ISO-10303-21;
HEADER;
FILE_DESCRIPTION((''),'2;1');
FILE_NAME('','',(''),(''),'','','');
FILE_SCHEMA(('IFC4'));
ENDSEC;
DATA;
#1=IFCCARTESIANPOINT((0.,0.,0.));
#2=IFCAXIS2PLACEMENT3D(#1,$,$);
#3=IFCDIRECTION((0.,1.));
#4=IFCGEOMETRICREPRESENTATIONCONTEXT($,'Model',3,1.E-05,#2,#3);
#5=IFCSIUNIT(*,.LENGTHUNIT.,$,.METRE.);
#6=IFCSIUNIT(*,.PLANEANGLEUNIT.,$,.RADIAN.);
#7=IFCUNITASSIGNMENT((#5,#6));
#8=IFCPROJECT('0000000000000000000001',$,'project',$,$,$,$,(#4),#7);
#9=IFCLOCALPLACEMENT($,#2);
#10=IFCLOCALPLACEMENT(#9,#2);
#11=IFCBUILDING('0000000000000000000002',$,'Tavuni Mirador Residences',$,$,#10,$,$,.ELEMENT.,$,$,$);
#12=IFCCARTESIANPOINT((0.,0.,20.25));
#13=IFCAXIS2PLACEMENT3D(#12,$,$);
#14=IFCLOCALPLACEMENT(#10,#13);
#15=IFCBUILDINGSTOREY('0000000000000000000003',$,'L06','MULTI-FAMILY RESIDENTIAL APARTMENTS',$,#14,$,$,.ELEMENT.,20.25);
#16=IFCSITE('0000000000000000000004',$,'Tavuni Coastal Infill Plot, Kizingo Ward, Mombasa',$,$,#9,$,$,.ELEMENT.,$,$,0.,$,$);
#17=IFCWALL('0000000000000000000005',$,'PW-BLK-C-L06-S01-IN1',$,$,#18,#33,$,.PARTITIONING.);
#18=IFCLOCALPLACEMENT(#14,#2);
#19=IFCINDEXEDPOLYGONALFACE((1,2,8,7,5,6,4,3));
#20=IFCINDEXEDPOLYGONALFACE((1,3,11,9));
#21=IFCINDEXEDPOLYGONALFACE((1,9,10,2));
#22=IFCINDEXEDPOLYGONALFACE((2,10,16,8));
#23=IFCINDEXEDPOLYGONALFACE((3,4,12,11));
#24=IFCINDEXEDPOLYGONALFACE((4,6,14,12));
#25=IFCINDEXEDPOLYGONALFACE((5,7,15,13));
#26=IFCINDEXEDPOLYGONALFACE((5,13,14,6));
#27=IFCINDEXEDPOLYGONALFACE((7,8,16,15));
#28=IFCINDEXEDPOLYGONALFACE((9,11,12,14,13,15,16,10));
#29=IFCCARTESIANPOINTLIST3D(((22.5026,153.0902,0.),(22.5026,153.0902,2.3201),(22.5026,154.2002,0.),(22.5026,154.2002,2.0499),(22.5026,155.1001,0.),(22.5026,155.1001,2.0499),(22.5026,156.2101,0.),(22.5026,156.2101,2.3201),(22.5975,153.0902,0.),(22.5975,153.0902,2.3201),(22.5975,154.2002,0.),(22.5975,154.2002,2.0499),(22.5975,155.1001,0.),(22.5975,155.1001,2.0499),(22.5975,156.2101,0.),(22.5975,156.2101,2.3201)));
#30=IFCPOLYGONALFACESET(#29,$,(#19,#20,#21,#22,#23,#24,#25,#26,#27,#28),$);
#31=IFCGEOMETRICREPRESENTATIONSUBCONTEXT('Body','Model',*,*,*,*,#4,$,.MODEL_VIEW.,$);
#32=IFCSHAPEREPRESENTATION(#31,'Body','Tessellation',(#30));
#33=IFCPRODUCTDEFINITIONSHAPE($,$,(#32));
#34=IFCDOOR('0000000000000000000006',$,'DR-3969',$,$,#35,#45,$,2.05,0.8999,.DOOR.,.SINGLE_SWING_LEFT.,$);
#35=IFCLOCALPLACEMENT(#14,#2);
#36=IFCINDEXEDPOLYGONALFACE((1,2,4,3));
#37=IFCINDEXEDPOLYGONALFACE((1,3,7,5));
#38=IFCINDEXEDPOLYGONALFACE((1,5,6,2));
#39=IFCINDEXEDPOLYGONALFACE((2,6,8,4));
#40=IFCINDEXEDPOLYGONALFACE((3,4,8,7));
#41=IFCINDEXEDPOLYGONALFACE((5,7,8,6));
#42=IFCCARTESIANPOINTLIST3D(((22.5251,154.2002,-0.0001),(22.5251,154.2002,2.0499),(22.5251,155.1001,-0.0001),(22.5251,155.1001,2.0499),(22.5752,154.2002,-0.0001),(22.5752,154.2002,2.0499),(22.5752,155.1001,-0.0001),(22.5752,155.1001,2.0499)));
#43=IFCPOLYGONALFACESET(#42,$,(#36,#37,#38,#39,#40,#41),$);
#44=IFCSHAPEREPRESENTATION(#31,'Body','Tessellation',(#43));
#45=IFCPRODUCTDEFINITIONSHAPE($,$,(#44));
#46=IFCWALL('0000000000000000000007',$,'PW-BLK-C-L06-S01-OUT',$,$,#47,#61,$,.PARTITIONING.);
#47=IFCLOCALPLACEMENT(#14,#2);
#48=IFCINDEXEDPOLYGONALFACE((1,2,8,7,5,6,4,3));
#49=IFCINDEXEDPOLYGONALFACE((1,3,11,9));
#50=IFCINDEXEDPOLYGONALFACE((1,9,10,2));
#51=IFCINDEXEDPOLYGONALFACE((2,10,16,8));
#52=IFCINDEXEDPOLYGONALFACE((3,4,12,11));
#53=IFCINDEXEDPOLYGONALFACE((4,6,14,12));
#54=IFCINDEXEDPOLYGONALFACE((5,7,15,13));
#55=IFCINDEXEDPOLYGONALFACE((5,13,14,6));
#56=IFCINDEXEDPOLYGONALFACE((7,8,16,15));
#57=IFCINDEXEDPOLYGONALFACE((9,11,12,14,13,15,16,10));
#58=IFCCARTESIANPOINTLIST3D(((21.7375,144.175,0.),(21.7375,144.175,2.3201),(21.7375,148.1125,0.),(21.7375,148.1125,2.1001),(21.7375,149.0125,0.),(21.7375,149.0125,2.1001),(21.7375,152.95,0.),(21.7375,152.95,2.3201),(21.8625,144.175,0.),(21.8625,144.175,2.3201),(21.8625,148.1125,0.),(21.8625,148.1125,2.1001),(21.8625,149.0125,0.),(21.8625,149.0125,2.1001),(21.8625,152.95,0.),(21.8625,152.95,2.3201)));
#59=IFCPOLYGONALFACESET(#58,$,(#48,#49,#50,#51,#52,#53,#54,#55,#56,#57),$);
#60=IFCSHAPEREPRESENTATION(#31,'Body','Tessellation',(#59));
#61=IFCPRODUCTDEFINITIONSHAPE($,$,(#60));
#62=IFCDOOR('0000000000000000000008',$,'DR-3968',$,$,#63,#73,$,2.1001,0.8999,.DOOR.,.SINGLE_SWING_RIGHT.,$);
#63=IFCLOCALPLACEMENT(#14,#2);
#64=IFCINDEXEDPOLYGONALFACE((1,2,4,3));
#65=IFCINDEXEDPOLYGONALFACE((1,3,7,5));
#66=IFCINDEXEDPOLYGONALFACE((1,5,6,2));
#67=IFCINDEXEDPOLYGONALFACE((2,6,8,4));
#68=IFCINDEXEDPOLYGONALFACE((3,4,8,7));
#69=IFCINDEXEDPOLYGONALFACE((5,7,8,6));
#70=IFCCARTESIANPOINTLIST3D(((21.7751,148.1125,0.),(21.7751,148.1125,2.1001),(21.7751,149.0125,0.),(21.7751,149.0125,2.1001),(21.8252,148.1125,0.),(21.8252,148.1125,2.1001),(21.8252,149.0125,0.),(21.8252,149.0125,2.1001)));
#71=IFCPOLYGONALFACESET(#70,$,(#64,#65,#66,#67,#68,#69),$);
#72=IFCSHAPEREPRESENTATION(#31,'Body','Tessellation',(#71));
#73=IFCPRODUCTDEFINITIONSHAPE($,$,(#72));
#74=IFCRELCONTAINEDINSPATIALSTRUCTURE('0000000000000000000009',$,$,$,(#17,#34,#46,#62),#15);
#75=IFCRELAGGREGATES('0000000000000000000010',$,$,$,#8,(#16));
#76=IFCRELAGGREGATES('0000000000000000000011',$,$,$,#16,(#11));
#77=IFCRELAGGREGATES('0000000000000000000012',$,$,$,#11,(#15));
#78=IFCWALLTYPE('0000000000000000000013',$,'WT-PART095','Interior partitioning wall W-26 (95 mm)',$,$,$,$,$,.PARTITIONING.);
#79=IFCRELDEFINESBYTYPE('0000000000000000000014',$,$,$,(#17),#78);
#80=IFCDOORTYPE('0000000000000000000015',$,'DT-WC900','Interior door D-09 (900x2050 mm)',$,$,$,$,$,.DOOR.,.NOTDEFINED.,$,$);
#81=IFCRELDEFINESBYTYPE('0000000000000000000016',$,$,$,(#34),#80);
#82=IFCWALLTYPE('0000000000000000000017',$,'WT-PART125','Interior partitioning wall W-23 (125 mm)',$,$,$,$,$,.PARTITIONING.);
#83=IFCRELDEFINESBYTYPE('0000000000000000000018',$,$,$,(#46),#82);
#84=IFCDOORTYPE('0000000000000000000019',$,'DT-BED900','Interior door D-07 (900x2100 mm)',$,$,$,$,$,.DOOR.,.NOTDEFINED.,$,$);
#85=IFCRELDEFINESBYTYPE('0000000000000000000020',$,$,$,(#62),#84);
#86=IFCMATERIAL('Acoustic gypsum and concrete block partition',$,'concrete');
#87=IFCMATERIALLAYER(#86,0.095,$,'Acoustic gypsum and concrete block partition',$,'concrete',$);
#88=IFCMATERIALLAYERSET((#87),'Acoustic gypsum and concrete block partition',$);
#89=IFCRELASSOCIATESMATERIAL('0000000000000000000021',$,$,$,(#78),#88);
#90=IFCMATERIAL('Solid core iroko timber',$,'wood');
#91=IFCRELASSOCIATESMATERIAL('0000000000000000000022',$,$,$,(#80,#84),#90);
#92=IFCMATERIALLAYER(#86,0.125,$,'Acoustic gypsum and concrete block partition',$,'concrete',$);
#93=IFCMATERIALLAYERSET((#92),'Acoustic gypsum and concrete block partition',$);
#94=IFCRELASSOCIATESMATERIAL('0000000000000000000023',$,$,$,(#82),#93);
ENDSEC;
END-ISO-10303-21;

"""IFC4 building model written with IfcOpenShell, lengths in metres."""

from ifc_helpers import new_model, si_unit, direction, frame, frame_2d, origin, place, context, subcontext, project, spatial, rectangle, extrude, material, layer, layer_set, type_object, element, fill, save


model = new_model("IFC4")

# Units and contexts
model_context = context("Model", 3, precision=1e-05, world=origin(), true_north=direction((0.0, 1.0)))
body_context = subcontext(model_context, "Body", "Model", "MODEL_VIEW")
ifc_project = project(units=[si_unit("LENGTHUNIT", "METRE"), si_unit("PLANEANGLEUNIT", "RADIAN")], contexts=[model_context])

# Site, building, storey
site_placement = place(None, origin())
site = spatial("IfcSite", under=ifc_project, at=site_placement, Name="Tavuni Coastal Infill Plot, Kizingo Ward, Mombasa", CompositionType="ELEMENT", RefElevation=0.0)
building_placement = place(site_placement, origin())
building = spatial("IfcBuilding", under=site, at=building_placement, Name="Tavuni Mirador Residences", CompositionType="ELEMENT")
storey_placement = place(building_placement, frame((0.0, 0.0, 20.25)))
storey = spatial("IfcBuildingStorey", under=building, at=storey_placement, Name="L06", Description="MULTI-FAMILY RESIDENTIAL APARTMENTS", CompositionType="ELEMENT", Elevation=20.25)

# Walls, openings, doors
ifc_material_1 = material(Name="Acoustic gypsum and concrete block partition", Category="concrete")
ifc_layer_1 = layer(ifc_material_1, 0.095, Name="Acoustic gypsum and concrete block partition", Category="concrete")
ifc_layer_set_1 = layer_set([ifc_layer_1], Name="Acoustic gypsum and concrete block partition")
wall_type_1 = type_object("IfcWallType", Name="WT-PART095", Description="Interior partitioning wall W-26 (95 mm)", PredefinedType="PARTITIONING", material=ifc_layer_set_1)
wall_1_placement = place(storey_placement, frame((22.55, 153.0901, 0.0), z_axis=(0.0, 0.0, 1.0), x_axis=(0.0, 1.0, 0.0)))
wall_1 = element("IfcWall", 1, at=wall_1_placement, inside=storey, type_object=wall_type_1, Name="PW-BLK-C-L06-S01-IN1", PredefinedType="PARTITIONING", context=body_context, shape_type="SweptSolid", body=[
    extrude(rectangle(XDim=3.1199, YDim=0.095, at=frame_2d((1.5601, 0.0))), origin(), (0.0, 0.0, 1.0), 2.3201),
])
opening_1_placement = place(wall_1_placement, frame((1.1101, 0.0, 0.0)))
opening_1 = element("IfcOpeningElement", 2, at=opening_1_placement, cuts=wall_1, PredefinedType="OPENING", context=body_context, shape_type="SweptSolid", body=[
    extrude(rectangle(XDim=0.8999, YDim=2.05, at=frame_2d((0.45, 1.0249))), frame((0.0, 0.0576, 0.0), z_axis=(0.0, -1.0, 0.0), x_axis=(1.0, 0.0, 0.0)), (0.0, 0.0, 1.0), 0.115),
])
ifc_material_2 = material(Name="Solid core iroko timber", Category="wood")
door_type_1 = type_object("IfcDoorType", Name="DT-WC900", Description="Interior door D-09 (900x2050 mm)", OperationType="NOTDEFINED", PredefinedType="DOOR", material=ifc_material_2)
door_1_placement = place(opening_1_placement, origin())
door_1 = element("IfcDoor", 3, at=door_1_placement, inside=storey, type_object=door_type_1, Name="DR-3969", OperationType="SINGLE_SWING_LEFT", OverallHeight=2.05, OverallWidth=0.8999, PredefinedType="DOOR", context=body_context, shape_type="SweptSolid", body=[
    extrude(rectangle(XDim=0.8999, YDim=2.05, at=frame_2d((0.45, 1.0249))), frame((0.0, 0.0249, 0.0), z_axis=(0.0, -1.0, 0.0), x_axis=(1.0, 0.0, 0.0)), (0.0, 0.0, 1.0), 0.05),
])
fill(opening_1, door_1)
ifc_layer_2 = layer(ifc_material_1, 0.125, Name="Acoustic gypsum and concrete block partition", Category="concrete")
ifc_layer_set_2 = layer_set([ifc_layer_2], Name="Acoustic gypsum and concrete block partition")
wall_type_2 = type_object("IfcWallType", Name="WT-PART125", Description="Interior partitioning wall W-23 (125 mm)", PredefinedType="PARTITIONING", material=ifc_layer_set_2)
wall_2_placement = place(storey_placement, frame((21.8, 144.175, 0.0), z_axis=(0.0, 0.0, 1.0), x_axis=(0.0, 1.0, 0.0)))
wall_2 = element("IfcWall", 4, at=wall_2_placement, inside=storey, type_object=wall_type_2, Name="PW-BLK-C-L06-S01-OUT", PredefinedType="PARTITIONING", context=body_context, shape_type="SweptSolid", body=[
    extrude(rectangle(XDim=8.7749, YDim=0.125, at=frame_2d((4.3875, 0.0))), origin(), (0.0, 0.0, 1.0), 2.3201),
])
opening_2_placement = place(wall_2_placement, frame((3.9375, 0.0, 0.0)))
opening_2 = element("IfcOpeningElement", 5, at=opening_2_placement, cuts=wall_2, PredefinedType="OPENING", context=body_context, shape_type="SweptSolid", body=[
    extrude(rectangle(XDim=0.8999, YDim=2.1001, at=frame_2d((0.45, 1.05))), frame((0.0, 0.0725, 0.0), z_axis=(0.0, -1.0, 0.0), x_axis=(1.0, 0.0, 0.0)), (0.0, 0.0, 1.0), 0.145),
])
door_type_2 = type_object("IfcDoorType", Name="DT-BED900", Description="Interior door D-07 (900x2100 mm)", OperationType="NOTDEFINED", PredefinedType="DOOR", material=ifc_material_2)
door_2_placement = place(opening_2_placement, origin())
door_2 = element("IfcDoor", 6, at=door_2_placement, inside=storey, type_object=door_type_2, Name="DR-3968", OperationType="SINGLE_SWING_RIGHT", OverallHeight=2.1001, OverallWidth=0.8999, PredefinedType="DOOR", context=body_context, shape_type="SweptSolid", body=[
    extrude(rectangle(XDim=0.8999, YDim=2.1001, at=frame_2d((0.45, 1.05))), frame((0.0, 0.0249, 0.0), z_axis=(0.0, -1.0, 0.0), x_axis=(1.0, 0.0, 0.0)), (0.0, 0.0, 1.0), 0.05),
])
fill(opening_2, door_2)

save(model, "model.ifc")
